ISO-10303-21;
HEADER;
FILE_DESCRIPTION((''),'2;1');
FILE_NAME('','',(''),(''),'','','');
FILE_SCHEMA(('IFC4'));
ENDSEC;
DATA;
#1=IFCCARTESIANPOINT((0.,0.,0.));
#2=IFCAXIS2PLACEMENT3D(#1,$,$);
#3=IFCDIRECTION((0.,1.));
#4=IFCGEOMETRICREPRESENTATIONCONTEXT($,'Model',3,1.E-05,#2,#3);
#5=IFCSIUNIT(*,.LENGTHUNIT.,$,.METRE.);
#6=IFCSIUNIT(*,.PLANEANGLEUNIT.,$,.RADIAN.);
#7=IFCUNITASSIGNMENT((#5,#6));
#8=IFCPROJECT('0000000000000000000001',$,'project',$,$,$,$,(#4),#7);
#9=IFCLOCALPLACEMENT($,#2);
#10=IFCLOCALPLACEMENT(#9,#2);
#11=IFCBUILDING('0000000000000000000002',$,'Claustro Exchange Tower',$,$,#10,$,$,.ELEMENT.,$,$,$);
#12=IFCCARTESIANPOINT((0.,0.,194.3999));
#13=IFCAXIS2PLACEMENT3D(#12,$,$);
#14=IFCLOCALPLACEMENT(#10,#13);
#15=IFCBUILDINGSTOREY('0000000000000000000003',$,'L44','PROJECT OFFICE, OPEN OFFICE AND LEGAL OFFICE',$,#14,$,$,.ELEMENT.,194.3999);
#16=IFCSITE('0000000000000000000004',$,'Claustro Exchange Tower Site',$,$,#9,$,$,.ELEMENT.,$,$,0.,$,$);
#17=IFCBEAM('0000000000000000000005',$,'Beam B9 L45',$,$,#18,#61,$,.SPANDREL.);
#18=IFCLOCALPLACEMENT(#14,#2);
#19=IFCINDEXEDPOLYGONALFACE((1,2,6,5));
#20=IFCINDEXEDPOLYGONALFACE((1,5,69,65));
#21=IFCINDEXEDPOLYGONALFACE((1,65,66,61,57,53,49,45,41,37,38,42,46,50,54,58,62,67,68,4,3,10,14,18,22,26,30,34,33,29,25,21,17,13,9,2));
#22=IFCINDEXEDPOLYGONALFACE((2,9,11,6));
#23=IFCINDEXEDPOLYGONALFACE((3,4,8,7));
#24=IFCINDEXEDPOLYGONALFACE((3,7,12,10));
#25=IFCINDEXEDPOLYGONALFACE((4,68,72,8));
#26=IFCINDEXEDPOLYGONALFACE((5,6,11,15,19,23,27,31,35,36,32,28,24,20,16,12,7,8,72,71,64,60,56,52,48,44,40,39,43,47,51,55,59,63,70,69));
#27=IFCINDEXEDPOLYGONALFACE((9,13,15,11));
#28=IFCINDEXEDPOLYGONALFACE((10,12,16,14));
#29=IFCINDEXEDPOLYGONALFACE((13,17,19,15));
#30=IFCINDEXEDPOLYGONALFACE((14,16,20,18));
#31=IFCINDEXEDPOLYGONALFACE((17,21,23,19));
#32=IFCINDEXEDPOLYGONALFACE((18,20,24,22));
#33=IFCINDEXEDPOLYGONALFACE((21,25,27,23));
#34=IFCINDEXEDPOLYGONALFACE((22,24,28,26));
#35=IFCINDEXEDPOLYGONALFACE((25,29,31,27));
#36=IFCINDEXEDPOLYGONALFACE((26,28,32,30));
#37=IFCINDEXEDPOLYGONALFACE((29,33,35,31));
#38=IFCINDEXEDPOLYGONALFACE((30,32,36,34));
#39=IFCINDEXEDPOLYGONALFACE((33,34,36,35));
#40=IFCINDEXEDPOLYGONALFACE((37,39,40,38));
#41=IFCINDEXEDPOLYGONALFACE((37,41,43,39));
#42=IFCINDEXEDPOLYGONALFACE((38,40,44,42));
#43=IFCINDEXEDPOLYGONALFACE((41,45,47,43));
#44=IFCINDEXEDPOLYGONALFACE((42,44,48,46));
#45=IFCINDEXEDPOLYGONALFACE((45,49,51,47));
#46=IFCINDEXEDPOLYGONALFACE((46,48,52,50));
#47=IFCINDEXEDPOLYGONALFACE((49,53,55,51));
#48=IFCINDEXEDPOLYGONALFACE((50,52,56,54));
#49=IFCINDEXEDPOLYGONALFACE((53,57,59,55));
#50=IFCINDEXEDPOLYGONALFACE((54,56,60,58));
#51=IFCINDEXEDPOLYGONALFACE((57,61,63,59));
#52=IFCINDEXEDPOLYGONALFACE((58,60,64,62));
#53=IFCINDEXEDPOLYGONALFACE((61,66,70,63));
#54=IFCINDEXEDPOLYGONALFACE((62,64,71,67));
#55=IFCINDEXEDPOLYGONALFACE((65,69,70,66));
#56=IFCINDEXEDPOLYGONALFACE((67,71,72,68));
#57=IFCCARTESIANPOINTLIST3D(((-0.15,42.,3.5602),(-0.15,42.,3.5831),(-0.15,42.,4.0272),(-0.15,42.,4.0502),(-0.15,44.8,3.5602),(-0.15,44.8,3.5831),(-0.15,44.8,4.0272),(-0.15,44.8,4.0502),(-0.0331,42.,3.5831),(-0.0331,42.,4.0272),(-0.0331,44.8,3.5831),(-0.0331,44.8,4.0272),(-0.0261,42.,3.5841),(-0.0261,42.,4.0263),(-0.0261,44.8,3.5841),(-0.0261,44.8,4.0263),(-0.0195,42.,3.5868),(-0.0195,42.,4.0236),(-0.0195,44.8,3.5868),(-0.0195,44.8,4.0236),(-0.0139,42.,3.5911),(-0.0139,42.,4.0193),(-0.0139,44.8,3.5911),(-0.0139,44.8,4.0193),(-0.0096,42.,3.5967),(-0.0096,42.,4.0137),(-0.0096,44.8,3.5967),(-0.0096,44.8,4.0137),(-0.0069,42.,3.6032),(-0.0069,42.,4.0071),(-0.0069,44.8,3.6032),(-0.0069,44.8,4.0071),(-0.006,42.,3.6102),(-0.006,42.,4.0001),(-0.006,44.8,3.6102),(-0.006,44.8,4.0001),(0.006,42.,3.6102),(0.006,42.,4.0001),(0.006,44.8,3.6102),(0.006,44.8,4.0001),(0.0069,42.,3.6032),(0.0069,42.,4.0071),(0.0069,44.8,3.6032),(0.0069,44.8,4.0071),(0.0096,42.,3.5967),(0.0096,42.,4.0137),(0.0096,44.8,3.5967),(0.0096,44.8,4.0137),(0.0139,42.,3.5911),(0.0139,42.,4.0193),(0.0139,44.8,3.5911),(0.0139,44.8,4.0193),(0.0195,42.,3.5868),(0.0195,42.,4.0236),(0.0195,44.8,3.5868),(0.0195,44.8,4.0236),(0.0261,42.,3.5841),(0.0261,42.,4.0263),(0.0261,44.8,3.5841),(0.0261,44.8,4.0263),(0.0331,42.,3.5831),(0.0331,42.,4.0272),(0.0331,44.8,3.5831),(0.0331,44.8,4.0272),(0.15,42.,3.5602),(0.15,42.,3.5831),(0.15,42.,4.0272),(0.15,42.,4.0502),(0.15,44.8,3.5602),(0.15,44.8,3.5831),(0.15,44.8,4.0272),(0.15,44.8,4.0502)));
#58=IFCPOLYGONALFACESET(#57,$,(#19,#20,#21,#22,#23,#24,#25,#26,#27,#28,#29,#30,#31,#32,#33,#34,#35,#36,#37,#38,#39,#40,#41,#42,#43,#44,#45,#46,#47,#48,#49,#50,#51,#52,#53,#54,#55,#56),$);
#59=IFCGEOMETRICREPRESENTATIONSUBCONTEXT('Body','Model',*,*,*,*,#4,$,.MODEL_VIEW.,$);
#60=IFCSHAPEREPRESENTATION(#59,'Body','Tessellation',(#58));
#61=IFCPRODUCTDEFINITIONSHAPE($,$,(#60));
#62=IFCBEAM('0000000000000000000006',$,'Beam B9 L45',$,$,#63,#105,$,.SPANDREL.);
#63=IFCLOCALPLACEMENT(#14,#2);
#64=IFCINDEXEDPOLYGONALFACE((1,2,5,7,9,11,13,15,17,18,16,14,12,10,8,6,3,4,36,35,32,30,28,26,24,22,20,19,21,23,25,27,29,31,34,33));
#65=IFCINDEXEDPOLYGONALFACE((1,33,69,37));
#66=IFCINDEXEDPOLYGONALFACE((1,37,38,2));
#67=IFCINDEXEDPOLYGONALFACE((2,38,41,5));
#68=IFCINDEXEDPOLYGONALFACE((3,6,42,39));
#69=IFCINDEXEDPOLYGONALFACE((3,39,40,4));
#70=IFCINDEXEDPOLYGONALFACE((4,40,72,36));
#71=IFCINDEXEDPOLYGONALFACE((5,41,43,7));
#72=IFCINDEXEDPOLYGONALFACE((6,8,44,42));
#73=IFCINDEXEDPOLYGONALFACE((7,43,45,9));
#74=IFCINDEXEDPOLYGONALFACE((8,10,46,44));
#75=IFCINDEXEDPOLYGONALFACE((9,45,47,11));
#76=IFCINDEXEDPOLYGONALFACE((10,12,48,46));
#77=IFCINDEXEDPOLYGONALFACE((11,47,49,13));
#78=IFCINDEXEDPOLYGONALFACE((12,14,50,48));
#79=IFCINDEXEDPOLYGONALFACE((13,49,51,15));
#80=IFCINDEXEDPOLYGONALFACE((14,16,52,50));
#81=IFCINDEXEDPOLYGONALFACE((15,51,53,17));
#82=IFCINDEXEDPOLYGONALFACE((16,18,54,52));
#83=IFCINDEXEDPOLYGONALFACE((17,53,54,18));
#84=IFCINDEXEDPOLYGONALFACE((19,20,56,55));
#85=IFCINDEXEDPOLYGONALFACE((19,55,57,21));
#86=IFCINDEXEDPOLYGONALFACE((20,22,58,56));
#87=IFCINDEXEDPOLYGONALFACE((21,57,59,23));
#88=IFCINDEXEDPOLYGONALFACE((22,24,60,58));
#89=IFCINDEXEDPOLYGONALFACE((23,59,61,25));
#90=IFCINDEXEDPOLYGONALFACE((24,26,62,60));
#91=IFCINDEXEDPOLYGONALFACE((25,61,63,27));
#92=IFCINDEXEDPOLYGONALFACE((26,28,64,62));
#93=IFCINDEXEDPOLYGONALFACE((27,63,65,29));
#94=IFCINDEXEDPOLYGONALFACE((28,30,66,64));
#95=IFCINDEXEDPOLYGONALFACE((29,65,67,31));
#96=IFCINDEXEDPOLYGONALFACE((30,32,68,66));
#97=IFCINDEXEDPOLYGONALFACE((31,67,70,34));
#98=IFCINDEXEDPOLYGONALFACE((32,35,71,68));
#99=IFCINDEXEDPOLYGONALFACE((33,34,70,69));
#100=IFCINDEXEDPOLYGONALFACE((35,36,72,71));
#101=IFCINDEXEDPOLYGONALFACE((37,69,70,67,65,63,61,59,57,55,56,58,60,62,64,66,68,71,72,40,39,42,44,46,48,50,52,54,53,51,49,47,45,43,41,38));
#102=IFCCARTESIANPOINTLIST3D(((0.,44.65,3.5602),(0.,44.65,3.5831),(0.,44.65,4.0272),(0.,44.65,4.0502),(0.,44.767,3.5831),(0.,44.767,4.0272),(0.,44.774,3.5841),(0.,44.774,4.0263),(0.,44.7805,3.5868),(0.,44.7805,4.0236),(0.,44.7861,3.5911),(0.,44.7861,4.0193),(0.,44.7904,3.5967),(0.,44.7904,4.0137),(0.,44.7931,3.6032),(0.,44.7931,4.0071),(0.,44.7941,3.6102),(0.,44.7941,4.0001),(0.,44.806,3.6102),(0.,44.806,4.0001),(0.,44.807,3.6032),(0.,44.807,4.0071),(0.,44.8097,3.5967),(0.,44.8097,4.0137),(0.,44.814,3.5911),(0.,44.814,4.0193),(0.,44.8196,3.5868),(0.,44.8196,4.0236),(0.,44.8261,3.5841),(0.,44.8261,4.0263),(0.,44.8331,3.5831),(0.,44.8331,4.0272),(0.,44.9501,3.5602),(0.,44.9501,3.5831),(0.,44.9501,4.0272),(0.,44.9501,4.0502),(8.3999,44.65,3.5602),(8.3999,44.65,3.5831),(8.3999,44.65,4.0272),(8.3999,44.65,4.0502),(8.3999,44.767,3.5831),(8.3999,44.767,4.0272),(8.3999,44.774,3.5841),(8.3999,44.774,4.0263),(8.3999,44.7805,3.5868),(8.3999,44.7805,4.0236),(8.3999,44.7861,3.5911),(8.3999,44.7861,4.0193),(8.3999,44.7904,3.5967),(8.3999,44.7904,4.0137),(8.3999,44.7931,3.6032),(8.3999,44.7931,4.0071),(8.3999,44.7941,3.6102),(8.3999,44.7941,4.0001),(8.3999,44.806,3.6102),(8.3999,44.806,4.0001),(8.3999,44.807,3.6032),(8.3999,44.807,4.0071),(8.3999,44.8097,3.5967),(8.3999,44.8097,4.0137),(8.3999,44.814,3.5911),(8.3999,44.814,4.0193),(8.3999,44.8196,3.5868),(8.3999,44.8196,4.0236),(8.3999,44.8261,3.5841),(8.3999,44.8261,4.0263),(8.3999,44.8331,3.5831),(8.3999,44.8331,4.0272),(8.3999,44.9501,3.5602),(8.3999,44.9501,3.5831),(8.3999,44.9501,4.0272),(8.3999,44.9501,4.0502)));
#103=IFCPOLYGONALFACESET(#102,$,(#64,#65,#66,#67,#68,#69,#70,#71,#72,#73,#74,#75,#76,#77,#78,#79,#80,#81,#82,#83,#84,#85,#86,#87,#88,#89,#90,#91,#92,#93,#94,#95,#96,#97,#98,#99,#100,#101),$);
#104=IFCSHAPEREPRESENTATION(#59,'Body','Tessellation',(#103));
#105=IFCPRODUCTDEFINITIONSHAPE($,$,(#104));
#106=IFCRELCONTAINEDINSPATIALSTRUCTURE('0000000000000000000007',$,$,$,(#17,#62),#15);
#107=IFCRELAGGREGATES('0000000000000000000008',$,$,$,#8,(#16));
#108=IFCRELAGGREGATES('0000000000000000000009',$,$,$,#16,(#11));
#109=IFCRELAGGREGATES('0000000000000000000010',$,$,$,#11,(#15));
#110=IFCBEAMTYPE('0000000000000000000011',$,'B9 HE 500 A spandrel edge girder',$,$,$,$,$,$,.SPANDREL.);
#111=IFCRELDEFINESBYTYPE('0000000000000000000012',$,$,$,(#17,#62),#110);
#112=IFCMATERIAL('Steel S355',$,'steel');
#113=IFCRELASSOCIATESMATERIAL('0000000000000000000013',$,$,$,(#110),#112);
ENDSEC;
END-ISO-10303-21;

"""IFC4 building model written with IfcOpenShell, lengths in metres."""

from ifc_helpers import new_model, si_unit, direction, frame, origin, origin_2d, place, context, subcontext, project, spatial, i_section, extrude, material, material_profile, profile_set, type_object, element, save


model = new_model("IFC4")

# Units and contexts
model_context = context("Model", 3, precision=1e-05, world=origin(), true_north=direction((0.0, 1.0)))
body_context = subcontext(model_context, "Body", "Model", "MODEL_VIEW")
ifc_project = project(units=[si_unit("LENGTHUNIT", "METRE"), si_unit("PLANEANGLEUNIT", "RADIAN")], contexts=[model_context])

# Site, building, storey
site_placement = place(None, origin())
site = spatial("IfcSite", under=ifc_project, at=site_placement, Name="Claustro Exchange Tower Site", CompositionType="ELEMENT", RefElevation=0.0)
building_placement = place(site_placement, origin())
building = spatial("IfcBuilding", under=site, at=building_placement, Name="Claustro Exchange Tower", CompositionType="ELEMENT")
storey_placement = place(building_placement, frame((0.0, 0.0, 194.3999)))
storey = spatial("IfcBuildingStorey", under=building, at=storey_placement, Name="L44", Description="PROJECT OFFICE, OPEN OFFICE AND LEGAL OFFICE", CompositionType="ELEMENT", Elevation=194.3999)

# Beams
ifc_material_1 = material(Name="Steel S355", Category="steel")
ifc_material_profile_1 = material_profile(ifc_material_1, i_section(OverallWidth=0.3, OverallDepth=0.49, WebThickness=0.012, FlangeThickness=0.0229, FilletRadius=0.0271, at=origin_2d()), Name="HE 500 A")
ifc_profile_set_1 = profile_set([ifc_material_profile_1], Name="Steel S355")
beam_type_1 = type_object("IfcBeamType", Name="B9 HE 500 A spandrel edge girder", PredefinedType="SPANDREL", material=ifc_profile_set_1)
beam_1_placement = place(storey_placement, frame((0.0, 42.0, 3.8052), z_axis=(0.0, 1.0, 0.0), x_axis=(-1.0, 0.0, 0.0)))
element("IfcBeam", 1, at=beam_1_placement, inside=storey, type_object=beam_type_1, Name="Beam B9 L45", PredefinedType="SPANDREL", context=body_context, shape_type="SweptSolid", body=[
    extrude(i_section(OverallWidth=0.3, OverallDepth=0.49, WebThickness=0.012, FlangeThickness=0.0229, FilletRadius=0.0271, at=origin_2d()), origin(), (0.0, 0.0, 1.0), 2.8),
])
beam_2_placement = place(storey_placement, frame((0.0, 44.8, 3.8052), z_axis=(1.0, 0.0, 0.0), x_axis=(0.0, 1.0, 0.0)))
element("IfcBeam", 2, at=beam_2_placement, inside=storey, type_object=beam_type_1, Name="Beam B9 L45", PredefinedType="SPANDREL", context=body_context, shape_type="SweptSolid", body=[
    extrude(i_section(OverallWidth=0.3, OverallDepth=0.49, WebThickness=0.012, FlangeThickness=0.0229, FilletRadius=0.0271, at=origin_2d()), origin(), (0.0, 0.0, 1.0), 8.3999),
])

save(model, "model.ifc")
